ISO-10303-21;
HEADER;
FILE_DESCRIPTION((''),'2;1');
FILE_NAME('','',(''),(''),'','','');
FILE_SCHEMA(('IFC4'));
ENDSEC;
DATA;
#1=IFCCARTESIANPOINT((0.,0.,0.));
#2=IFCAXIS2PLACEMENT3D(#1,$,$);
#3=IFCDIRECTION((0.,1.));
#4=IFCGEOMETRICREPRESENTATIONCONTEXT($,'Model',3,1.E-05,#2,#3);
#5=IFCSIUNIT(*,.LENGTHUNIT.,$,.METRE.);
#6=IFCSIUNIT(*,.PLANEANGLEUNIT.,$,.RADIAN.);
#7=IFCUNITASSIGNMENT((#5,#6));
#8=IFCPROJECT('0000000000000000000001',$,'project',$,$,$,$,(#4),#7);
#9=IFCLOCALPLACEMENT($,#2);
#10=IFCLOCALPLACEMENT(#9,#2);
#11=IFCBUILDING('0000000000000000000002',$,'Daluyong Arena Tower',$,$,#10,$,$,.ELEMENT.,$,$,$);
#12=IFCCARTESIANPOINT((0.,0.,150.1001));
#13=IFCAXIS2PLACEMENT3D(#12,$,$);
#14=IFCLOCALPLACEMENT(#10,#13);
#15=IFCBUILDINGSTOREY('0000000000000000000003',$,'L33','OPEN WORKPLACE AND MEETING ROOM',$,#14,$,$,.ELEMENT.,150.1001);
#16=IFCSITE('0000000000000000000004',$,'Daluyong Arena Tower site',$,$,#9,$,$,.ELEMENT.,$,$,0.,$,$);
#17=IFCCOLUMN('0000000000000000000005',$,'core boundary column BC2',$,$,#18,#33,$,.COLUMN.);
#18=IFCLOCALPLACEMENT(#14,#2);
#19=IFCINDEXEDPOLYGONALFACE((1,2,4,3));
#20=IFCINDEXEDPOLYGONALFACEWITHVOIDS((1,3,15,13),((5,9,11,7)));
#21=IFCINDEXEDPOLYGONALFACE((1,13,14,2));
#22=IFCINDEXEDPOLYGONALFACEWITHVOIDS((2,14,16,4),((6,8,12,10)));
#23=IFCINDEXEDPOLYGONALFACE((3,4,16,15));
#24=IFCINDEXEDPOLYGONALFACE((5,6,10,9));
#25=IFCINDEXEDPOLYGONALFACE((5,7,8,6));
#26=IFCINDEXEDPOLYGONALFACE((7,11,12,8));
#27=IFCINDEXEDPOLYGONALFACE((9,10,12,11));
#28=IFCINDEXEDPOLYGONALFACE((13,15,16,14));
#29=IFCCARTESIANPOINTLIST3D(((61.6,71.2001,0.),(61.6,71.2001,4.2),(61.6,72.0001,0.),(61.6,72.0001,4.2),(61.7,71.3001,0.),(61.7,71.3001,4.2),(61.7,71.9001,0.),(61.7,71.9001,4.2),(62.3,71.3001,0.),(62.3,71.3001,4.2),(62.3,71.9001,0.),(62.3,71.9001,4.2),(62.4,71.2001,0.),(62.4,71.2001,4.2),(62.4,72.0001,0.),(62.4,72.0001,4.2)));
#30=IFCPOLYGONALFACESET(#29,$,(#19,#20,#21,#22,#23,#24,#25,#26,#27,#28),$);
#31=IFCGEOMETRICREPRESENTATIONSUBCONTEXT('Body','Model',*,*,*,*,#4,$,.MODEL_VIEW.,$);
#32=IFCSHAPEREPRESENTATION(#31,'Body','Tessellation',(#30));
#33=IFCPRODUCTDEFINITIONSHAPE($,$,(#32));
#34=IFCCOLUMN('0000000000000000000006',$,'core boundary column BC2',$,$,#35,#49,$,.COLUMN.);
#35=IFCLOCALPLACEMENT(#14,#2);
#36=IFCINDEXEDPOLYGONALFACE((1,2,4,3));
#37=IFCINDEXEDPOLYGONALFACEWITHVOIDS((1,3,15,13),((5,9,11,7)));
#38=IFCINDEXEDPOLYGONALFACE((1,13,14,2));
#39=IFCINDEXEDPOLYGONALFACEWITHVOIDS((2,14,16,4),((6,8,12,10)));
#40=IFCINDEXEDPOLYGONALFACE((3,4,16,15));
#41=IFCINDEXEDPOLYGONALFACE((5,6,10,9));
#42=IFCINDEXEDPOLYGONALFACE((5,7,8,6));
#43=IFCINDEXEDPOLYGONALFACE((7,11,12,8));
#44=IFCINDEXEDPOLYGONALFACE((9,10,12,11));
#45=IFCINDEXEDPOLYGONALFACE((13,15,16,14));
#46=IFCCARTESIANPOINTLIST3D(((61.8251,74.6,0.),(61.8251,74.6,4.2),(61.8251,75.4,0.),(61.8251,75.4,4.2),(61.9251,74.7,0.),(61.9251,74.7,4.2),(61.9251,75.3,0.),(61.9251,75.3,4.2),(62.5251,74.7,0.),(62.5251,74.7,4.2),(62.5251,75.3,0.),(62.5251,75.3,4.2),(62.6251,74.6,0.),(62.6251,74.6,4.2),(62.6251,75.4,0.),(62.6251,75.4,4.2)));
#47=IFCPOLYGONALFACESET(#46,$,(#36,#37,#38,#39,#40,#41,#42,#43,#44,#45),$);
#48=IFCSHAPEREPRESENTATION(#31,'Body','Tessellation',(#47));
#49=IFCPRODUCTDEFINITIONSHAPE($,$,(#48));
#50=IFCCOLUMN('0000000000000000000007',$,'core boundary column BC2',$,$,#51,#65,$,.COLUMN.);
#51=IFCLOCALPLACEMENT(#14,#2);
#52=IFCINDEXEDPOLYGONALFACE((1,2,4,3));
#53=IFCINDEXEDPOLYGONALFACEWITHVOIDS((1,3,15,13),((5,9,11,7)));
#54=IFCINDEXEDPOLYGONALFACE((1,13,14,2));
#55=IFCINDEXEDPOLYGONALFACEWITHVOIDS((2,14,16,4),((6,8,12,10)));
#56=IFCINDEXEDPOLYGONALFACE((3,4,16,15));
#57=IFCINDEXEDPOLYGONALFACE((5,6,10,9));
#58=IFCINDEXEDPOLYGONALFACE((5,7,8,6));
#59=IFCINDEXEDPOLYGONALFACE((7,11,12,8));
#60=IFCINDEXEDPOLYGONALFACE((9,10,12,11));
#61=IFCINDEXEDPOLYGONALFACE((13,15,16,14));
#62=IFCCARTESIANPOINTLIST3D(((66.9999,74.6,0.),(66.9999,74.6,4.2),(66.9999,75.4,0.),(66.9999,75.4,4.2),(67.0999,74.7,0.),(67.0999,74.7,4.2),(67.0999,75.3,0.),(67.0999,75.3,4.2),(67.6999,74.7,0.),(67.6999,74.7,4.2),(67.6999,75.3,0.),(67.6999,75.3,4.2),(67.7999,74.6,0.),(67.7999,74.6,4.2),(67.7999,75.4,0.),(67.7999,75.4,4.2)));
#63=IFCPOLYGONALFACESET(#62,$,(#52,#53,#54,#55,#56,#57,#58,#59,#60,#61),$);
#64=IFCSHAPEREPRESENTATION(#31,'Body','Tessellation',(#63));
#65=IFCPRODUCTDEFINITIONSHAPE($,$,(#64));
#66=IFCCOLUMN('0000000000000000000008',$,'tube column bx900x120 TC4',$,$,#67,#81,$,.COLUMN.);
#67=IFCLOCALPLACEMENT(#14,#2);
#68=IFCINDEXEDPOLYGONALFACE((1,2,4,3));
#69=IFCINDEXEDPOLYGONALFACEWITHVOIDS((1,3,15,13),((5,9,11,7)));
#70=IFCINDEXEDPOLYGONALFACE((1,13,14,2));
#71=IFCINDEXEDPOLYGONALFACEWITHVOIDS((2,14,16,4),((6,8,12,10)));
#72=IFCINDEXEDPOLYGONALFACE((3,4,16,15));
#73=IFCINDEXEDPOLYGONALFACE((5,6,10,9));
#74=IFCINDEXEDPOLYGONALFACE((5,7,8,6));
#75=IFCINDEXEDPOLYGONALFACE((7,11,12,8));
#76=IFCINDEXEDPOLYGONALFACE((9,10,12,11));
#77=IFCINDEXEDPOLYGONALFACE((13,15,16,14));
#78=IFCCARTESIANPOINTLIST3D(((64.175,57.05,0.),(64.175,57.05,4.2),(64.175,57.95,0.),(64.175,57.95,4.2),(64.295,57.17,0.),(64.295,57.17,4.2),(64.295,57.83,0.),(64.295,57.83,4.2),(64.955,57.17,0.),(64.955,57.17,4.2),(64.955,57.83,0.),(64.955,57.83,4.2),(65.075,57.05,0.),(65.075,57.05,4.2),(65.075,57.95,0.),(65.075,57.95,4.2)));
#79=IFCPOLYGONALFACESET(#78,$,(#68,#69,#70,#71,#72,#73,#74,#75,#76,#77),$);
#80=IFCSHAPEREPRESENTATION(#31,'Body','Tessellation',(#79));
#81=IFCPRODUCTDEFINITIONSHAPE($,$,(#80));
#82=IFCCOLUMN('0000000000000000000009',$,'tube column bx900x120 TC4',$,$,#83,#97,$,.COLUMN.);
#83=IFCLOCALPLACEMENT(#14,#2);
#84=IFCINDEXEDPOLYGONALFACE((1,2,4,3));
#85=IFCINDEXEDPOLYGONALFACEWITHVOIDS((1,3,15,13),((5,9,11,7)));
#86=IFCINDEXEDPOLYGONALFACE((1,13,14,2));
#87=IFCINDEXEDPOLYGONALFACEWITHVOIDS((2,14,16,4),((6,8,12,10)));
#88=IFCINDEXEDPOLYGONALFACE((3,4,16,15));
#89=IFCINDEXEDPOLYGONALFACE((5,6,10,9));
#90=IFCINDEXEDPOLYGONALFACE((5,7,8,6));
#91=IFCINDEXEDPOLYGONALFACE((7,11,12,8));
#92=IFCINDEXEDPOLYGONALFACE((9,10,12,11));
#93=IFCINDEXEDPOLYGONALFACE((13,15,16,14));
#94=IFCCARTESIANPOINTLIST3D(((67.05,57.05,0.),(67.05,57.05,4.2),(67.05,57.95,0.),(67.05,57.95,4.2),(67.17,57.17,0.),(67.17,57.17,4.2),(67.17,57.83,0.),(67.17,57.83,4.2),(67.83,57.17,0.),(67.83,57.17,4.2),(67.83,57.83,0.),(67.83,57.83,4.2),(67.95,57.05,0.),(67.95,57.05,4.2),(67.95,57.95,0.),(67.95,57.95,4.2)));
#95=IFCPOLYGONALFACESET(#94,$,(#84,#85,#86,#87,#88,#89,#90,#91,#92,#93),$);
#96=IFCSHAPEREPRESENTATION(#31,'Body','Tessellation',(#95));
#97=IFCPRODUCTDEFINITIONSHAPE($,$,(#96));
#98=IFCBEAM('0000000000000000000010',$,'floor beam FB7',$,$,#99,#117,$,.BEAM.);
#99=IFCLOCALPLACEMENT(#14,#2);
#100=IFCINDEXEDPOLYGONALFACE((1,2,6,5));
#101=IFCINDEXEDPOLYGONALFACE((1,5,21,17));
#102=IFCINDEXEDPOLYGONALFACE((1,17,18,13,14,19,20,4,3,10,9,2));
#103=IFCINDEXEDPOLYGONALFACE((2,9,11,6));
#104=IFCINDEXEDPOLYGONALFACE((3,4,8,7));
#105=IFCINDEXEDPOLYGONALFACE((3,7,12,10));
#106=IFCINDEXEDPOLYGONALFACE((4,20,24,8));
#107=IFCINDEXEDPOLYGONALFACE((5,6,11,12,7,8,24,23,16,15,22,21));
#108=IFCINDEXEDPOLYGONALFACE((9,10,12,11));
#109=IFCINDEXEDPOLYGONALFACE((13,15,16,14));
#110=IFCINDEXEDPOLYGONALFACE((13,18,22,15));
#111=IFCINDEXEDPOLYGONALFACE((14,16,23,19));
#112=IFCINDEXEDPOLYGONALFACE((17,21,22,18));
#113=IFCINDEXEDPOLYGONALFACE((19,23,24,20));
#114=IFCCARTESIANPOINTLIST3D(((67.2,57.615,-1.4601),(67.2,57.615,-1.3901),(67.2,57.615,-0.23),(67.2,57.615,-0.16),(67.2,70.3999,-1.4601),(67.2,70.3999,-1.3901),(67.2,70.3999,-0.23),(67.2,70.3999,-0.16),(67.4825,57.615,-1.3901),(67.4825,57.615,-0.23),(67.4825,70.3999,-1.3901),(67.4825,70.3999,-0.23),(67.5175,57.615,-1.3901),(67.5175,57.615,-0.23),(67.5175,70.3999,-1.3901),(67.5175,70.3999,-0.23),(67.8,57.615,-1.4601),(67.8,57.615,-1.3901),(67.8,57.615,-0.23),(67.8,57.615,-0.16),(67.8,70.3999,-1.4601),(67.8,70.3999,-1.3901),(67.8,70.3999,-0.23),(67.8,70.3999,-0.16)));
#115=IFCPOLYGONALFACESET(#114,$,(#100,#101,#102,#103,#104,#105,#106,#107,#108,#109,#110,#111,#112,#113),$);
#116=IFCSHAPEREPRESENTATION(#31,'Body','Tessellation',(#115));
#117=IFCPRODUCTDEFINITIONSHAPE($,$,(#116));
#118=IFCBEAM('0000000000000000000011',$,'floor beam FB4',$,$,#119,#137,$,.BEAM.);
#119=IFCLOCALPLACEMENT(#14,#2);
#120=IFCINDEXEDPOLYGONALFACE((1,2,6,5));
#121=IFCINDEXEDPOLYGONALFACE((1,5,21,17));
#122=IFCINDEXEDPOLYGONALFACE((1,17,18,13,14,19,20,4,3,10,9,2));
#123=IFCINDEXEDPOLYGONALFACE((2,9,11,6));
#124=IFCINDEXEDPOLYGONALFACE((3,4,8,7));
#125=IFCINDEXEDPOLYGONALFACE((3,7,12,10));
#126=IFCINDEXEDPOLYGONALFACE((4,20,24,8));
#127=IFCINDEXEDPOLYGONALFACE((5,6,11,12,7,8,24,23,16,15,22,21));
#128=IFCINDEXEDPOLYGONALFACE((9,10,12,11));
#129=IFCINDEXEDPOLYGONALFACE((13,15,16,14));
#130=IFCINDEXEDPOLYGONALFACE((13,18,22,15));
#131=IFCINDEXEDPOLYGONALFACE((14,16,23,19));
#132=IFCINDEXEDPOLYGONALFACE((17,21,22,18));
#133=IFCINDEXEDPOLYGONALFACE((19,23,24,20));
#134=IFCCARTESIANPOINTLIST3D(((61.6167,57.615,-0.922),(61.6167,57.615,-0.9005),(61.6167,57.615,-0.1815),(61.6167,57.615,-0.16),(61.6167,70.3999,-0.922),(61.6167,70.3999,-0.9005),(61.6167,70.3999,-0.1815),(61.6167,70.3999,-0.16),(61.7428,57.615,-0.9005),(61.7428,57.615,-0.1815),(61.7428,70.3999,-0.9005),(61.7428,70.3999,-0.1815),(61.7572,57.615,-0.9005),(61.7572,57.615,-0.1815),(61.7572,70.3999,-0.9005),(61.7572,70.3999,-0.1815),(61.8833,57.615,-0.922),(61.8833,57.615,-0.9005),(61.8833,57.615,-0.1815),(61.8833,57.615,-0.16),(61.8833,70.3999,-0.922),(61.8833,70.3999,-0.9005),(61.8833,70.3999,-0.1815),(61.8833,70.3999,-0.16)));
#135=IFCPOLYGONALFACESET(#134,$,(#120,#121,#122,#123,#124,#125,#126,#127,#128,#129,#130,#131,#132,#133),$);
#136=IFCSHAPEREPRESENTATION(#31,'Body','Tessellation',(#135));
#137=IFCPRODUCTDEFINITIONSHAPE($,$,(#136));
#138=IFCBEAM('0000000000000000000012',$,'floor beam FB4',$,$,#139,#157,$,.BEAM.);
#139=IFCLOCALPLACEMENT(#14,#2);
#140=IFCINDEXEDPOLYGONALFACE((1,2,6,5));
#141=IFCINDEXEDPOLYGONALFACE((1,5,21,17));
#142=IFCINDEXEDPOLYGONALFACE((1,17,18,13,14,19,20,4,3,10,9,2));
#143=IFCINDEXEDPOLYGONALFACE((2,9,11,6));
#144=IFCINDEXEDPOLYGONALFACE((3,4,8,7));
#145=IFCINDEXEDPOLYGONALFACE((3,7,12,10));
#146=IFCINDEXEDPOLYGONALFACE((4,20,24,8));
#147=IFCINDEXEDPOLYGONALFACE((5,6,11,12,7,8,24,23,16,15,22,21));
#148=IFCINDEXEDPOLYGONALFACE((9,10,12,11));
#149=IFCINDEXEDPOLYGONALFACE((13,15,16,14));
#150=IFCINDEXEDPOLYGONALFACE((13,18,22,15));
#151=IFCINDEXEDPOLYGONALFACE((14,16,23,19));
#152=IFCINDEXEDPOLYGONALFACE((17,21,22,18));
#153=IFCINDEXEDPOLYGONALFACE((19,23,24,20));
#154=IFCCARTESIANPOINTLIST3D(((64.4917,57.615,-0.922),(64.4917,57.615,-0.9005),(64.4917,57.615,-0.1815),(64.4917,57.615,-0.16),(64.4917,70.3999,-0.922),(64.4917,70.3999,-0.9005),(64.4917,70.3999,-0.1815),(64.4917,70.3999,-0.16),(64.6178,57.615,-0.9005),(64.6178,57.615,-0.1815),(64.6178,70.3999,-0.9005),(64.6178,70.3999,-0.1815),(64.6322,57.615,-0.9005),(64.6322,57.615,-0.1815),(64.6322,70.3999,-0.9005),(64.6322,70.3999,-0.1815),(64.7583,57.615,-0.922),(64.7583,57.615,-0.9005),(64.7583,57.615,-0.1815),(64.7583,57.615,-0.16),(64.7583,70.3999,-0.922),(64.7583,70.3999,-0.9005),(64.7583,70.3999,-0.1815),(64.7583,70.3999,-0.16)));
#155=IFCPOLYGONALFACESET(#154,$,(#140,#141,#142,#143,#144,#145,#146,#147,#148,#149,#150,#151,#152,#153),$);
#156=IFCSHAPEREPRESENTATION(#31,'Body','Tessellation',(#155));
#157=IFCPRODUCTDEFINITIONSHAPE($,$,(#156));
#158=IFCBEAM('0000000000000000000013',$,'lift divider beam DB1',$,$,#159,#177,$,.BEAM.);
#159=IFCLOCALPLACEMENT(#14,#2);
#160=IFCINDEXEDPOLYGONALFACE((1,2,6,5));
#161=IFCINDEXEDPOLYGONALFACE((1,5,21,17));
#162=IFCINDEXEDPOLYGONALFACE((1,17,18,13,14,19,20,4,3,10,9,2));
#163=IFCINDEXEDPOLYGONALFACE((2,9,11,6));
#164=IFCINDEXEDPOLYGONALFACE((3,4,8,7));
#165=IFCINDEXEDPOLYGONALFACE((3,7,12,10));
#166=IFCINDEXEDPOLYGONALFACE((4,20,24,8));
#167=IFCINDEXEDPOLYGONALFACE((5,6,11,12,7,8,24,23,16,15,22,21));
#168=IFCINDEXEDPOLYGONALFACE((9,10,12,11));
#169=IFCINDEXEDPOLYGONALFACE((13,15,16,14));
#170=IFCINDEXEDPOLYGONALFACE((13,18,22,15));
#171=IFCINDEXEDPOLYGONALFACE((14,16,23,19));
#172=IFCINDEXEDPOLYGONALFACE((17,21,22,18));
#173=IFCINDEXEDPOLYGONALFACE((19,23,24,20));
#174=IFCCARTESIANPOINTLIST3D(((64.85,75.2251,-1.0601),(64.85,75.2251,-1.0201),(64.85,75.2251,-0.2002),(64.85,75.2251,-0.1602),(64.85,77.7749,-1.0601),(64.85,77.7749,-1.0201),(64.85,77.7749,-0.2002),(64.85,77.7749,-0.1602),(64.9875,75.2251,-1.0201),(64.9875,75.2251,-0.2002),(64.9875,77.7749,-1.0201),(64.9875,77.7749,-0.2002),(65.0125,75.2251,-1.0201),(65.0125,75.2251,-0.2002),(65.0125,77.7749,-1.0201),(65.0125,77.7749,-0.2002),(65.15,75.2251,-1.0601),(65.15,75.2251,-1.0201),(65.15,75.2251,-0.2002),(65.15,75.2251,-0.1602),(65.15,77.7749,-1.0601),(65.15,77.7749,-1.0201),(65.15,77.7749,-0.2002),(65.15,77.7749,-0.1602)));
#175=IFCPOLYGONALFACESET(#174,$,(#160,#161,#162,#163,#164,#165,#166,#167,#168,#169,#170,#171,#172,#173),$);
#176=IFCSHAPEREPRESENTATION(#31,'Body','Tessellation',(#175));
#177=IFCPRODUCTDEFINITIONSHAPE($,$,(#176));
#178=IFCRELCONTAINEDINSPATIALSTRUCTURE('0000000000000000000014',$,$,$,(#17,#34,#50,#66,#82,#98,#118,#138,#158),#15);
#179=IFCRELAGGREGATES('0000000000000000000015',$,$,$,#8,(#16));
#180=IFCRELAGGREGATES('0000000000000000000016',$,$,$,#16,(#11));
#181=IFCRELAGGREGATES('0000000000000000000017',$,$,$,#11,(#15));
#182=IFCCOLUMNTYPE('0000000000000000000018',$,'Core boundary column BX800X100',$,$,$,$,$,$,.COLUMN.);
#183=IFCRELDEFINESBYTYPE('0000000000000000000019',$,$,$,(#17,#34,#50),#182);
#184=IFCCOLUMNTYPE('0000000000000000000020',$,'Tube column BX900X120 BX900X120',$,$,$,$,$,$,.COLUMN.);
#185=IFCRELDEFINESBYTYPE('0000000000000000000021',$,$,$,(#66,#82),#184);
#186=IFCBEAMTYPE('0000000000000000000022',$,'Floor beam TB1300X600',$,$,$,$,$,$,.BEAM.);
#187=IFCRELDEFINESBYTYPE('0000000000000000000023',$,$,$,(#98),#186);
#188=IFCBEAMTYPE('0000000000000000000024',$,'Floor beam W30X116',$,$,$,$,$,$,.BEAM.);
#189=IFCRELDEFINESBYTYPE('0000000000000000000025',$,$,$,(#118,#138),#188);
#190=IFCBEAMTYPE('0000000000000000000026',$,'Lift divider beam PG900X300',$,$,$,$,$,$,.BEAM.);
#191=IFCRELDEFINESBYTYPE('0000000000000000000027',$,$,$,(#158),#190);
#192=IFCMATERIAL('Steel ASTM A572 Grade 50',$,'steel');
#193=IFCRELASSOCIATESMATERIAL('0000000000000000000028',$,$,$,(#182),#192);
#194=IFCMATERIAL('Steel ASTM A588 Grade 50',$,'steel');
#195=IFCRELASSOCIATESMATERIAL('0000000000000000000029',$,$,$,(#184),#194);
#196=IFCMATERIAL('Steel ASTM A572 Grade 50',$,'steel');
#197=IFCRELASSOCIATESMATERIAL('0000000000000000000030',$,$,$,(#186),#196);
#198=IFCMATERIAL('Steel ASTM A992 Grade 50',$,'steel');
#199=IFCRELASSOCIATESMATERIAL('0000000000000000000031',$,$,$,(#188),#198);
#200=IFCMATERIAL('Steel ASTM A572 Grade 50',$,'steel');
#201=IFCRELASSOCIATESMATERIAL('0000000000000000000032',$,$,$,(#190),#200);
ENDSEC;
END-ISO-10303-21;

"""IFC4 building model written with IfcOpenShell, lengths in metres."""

from ifc_helpers import new_model, si_unit, direction, frame, origin, origin_2d, place, context, subcontext, project, spatial, hollow_rectangle, i_section, extrude, material, material_profile, profile_set, type_object, element, save


model = new_model("IFC4")

# Units and contexts
model_context = context("Model", 3, precision=1e-05, world=origin(), true_north=direction((0.0, 1.0)))
body_context = subcontext(model_context, "Body", "Model", "MODEL_VIEW")
ifc_project = project(units=[si_unit("LENGTHUNIT", "METRE"), si_unit("PLANEANGLEUNIT", "RADIAN")], contexts=[model_context])

# Site, building, storey
site_placement = place(None, origin())
site = spatial("IfcSite", under=ifc_project, at=site_placement, Name="Daluyong Arena Tower site", CompositionType="ELEMENT", RefElevation=0.0)
building_placement = place(site_placement, origin())
building = spatial("IfcBuilding", under=site, at=building_placement, Name="Daluyong Arena Tower", CompositionType="ELEMENT")
storey_placement = place(building_placement, frame((0.0, 0.0, 150.1001)))
storey = spatial("IfcBuildingStorey", under=building, at=storey_placement, Name="L33", Description="OPEN WORKPLACE AND MEETING ROOM", CompositionType="ELEMENT", Elevation=150.1001)

# Columns
ifc_material_1 = material(Name="Steel ASTM A572 Grade 50", Category="steel")
ifc_material_profile_1 = material_profile(ifc_material_1, hollow_rectangle(XDim=0.8, YDim=0.8, WallThickness=0.1, at=origin_2d()))
ifc_profile_set_1 = profile_set([ifc_material_profile_1], Name="Steel ASTM A572 Grade 50")
column_type_1 = type_object("IfcColumnType", Name="Core boundary column BX800X100", PredefinedType="COLUMN", material=ifc_profile_set_1)
for number, where, z_axis, x_axis, name in (
    (1, (62.0, 71.6001, 0.0), (0.0, 0.0, 1.0), (1.0, 0.0, 0.0), "core boundary column BC2"),
    (2, (62.2251, 75.0, 0.0), (0.0, 0.0, 1.0), (1.0, 0.0, 0.0), "core boundary column BC2"),
    (3, (67.3999, 75.0, 0.0), (0.0, 0.0, 1.0), (1.0, 0.0, 0.0), "core boundary column BC2"),
):
    element("IfcColumn", number, at=place(storey_placement, frame(where, z_axis=z_axis, x_axis=x_axis)), inside=storey, type_object=column_type_1, Name=name, PredefinedType="COLUMN", context=body_context, shape_type="SweptSolid", body=[
        extrude(hollow_rectangle(XDim=0.8, YDim=0.8, WallThickness=0.1, at=origin_2d()), origin(), (0.0, 0.0, 1.0), 4.2),
    ])
ifc_material_2 = material(Name="Steel ASTM A588 Grade 50", Category="steel")
ifc_material_profile_2 = material_profile(ifc_material_2, hollow_rectangle(XDim=0.8999, YDim=0.8999, WallThickness=0.12, at=origin_2d()))
ifc_profile_set_2 = profile_set([ifc_material_profile_2], Name="Steel ASTM A588 Grade 50")
column_type_2 = type_object("IfcColumnType", Name="Tube column BX900X120 BX900X120", PredefinedType="COLUMN", material=ifc_profile_set_2)
for number, where, z_axis, x_axis, name in (
    (4, (64.625, 57.5, 0.0), (0.0, 0.0, 1.0), (1.0, 0.0, 0.0), "tube column bx900x120 TC4"),
    (5, (67.5, 57.5, 0.0), (0.0, 0.0, 1.0), (1.0, 0.0, 0.0), "tube column bx900x120 TC4"),
):
    element("IfcColumn", number, at=place(storey_placement, frame(where, z_axis=z_axis, x_axis=x_axis)), inside=storey, type_object=column_type_2, Name=name, PredefinedType="COLUMN", context=body_context, shape_type="SweptSolid", body=[
        extrude(hollow_rectangle(XDim=0.8999, YDim=0.8999, WallThickness=0.12, at=origin_2d()), origin(), (0.0, 0.0, 1.0), 4.2),
    ])

# Beams
ifc_material_3 = material(Name="Steel ASTM A572 Grade 50", Category="steel")
ifc_material_profile_3 = material_profile(ifc_material_3, i_section(OverallWidth=0.6001, OverallDepth=1.3, WebThickness=0.035, FlangeThickness=0.07, at=origin_2d()))
ifc_profile_set_3 = profile_set([ifc_material_profile_3], Name="Steel ASTM A572 Grade 50")
beam_type_1 = type_object("IfcBeamType", Name="Floor beam TB1300X600", PredefinedType="BEAM", material=ifc_profile_set_3)
beam_1_placement = place(storey_placement, frame((67.5, 57.615, -0.8101), z_axis=(0.0, 1.0, 0.0), x_axis=(-1.0, 0.0, 0.0)))
element("IfcBeam", 6, at=beam_1_placement, inside=storey, type_object=beam_type_1, Name="floor beam FB7", PredefinedType="BEAM", context=body_context, shape_type="SweptSolid", body=[
    extrude(i_section(OverallWidth=0.6001, OverallDepth=1.3, WebThickness=0.035, FlangeThickness=0.07, at=origin_2d()), origin(), (0.0, 0.0, 1.0), 12.7849),
])
ifc_material_4 = material(Name="Steel ASTM A992 Grade 50", Category="steel")
ifc_material_profile_4 = material_profile(ifc_material_4, i_section(OverallWidth=0.2666, OverallDepth=0.762, WebThickness=0.0144, FlangeThickness=0.0215, at=origin_2d()))
ifc_profile_set_4 = profile_set([ifc_material_profile_4], Name="Steel ASTM A992 Grade 50")
beam_type_2 = type_object("IfcBeamType", Name="Floor beam W30X116", PredefinedType="BEAM", material=ifc_profile_set_4)
for number, where, z_axis, x_axis, name in (
    (7, (61.75, 57.615, -0.541), (0.0, 1.0, 0.0), (-1.0, 0.0, 0.0), "floor beam FB4"),
    (8, (64.625, 57.615, -0.541), (0.0, 1.0, 0.0), (-1.0, 0.0, 0.0), "floor beam FB4"),
):
    element("IfcBeam", number, at=place(storey_placement, frame(where, z_axis=z_axis, x_axis=x_axis)), inside=storey, type_object=beam_type_2, Name=name, PredefinedType="BEAM", context=body_context, shape_type="SweptSolid", body=[
        extrude(i_section(OverallWidth=0.2666, OverallDepth=0.762, WebThickness=0.0144, FlangeThickness=0.0215, at=origin_2d()), origin(), (0.0, 0.0, 1.0), 12.7849),
    ])
ifc_material_5 = material(Name="Steel ASTM A572 Grade 50", Category="steel")
ifc_material_profile_5 = material_profile(ifc_material_5, i_section(OverallWidth=0.3, OverallDepth=0.8999, WebThickness=0.025, FlangeThickness=0.04, at=origin_2d()))
ifc_profile_set_5 = profile_set([ifc_material_profile_5], Name="Steel ASTM A572 Grade 50")
beam_type_3 = type_object("IfcBeamType", Name="Lift divider beam PG900X300", PredefinedType="BEAM", material=ifc_profile_set_5)
beam_2_placement = place(storey_placement, frame((65.0, 75.2251, -0.6101), z_axis=(0.0, 1.0, 0.0), x_axis=(-1.0, 0.0, 0.0)))
element("IfcBeam", 9, at=beam_2_placement, inside=storey, type_object=beam_type_3, Name="lift divider beam DB1", PredefinedType="BEAM", context=body_context, shape_type="SweptSolid", body=[
    extrude(i_section(OverallWidth=0.3, OverallDepth=0.8999, WebThickness=0.025, FlangeThickness=0.04, at=origin_2d()), origin(), (0.0, 0.0, 1.0), 2.5498),
])

save(model, "model.ifc")
